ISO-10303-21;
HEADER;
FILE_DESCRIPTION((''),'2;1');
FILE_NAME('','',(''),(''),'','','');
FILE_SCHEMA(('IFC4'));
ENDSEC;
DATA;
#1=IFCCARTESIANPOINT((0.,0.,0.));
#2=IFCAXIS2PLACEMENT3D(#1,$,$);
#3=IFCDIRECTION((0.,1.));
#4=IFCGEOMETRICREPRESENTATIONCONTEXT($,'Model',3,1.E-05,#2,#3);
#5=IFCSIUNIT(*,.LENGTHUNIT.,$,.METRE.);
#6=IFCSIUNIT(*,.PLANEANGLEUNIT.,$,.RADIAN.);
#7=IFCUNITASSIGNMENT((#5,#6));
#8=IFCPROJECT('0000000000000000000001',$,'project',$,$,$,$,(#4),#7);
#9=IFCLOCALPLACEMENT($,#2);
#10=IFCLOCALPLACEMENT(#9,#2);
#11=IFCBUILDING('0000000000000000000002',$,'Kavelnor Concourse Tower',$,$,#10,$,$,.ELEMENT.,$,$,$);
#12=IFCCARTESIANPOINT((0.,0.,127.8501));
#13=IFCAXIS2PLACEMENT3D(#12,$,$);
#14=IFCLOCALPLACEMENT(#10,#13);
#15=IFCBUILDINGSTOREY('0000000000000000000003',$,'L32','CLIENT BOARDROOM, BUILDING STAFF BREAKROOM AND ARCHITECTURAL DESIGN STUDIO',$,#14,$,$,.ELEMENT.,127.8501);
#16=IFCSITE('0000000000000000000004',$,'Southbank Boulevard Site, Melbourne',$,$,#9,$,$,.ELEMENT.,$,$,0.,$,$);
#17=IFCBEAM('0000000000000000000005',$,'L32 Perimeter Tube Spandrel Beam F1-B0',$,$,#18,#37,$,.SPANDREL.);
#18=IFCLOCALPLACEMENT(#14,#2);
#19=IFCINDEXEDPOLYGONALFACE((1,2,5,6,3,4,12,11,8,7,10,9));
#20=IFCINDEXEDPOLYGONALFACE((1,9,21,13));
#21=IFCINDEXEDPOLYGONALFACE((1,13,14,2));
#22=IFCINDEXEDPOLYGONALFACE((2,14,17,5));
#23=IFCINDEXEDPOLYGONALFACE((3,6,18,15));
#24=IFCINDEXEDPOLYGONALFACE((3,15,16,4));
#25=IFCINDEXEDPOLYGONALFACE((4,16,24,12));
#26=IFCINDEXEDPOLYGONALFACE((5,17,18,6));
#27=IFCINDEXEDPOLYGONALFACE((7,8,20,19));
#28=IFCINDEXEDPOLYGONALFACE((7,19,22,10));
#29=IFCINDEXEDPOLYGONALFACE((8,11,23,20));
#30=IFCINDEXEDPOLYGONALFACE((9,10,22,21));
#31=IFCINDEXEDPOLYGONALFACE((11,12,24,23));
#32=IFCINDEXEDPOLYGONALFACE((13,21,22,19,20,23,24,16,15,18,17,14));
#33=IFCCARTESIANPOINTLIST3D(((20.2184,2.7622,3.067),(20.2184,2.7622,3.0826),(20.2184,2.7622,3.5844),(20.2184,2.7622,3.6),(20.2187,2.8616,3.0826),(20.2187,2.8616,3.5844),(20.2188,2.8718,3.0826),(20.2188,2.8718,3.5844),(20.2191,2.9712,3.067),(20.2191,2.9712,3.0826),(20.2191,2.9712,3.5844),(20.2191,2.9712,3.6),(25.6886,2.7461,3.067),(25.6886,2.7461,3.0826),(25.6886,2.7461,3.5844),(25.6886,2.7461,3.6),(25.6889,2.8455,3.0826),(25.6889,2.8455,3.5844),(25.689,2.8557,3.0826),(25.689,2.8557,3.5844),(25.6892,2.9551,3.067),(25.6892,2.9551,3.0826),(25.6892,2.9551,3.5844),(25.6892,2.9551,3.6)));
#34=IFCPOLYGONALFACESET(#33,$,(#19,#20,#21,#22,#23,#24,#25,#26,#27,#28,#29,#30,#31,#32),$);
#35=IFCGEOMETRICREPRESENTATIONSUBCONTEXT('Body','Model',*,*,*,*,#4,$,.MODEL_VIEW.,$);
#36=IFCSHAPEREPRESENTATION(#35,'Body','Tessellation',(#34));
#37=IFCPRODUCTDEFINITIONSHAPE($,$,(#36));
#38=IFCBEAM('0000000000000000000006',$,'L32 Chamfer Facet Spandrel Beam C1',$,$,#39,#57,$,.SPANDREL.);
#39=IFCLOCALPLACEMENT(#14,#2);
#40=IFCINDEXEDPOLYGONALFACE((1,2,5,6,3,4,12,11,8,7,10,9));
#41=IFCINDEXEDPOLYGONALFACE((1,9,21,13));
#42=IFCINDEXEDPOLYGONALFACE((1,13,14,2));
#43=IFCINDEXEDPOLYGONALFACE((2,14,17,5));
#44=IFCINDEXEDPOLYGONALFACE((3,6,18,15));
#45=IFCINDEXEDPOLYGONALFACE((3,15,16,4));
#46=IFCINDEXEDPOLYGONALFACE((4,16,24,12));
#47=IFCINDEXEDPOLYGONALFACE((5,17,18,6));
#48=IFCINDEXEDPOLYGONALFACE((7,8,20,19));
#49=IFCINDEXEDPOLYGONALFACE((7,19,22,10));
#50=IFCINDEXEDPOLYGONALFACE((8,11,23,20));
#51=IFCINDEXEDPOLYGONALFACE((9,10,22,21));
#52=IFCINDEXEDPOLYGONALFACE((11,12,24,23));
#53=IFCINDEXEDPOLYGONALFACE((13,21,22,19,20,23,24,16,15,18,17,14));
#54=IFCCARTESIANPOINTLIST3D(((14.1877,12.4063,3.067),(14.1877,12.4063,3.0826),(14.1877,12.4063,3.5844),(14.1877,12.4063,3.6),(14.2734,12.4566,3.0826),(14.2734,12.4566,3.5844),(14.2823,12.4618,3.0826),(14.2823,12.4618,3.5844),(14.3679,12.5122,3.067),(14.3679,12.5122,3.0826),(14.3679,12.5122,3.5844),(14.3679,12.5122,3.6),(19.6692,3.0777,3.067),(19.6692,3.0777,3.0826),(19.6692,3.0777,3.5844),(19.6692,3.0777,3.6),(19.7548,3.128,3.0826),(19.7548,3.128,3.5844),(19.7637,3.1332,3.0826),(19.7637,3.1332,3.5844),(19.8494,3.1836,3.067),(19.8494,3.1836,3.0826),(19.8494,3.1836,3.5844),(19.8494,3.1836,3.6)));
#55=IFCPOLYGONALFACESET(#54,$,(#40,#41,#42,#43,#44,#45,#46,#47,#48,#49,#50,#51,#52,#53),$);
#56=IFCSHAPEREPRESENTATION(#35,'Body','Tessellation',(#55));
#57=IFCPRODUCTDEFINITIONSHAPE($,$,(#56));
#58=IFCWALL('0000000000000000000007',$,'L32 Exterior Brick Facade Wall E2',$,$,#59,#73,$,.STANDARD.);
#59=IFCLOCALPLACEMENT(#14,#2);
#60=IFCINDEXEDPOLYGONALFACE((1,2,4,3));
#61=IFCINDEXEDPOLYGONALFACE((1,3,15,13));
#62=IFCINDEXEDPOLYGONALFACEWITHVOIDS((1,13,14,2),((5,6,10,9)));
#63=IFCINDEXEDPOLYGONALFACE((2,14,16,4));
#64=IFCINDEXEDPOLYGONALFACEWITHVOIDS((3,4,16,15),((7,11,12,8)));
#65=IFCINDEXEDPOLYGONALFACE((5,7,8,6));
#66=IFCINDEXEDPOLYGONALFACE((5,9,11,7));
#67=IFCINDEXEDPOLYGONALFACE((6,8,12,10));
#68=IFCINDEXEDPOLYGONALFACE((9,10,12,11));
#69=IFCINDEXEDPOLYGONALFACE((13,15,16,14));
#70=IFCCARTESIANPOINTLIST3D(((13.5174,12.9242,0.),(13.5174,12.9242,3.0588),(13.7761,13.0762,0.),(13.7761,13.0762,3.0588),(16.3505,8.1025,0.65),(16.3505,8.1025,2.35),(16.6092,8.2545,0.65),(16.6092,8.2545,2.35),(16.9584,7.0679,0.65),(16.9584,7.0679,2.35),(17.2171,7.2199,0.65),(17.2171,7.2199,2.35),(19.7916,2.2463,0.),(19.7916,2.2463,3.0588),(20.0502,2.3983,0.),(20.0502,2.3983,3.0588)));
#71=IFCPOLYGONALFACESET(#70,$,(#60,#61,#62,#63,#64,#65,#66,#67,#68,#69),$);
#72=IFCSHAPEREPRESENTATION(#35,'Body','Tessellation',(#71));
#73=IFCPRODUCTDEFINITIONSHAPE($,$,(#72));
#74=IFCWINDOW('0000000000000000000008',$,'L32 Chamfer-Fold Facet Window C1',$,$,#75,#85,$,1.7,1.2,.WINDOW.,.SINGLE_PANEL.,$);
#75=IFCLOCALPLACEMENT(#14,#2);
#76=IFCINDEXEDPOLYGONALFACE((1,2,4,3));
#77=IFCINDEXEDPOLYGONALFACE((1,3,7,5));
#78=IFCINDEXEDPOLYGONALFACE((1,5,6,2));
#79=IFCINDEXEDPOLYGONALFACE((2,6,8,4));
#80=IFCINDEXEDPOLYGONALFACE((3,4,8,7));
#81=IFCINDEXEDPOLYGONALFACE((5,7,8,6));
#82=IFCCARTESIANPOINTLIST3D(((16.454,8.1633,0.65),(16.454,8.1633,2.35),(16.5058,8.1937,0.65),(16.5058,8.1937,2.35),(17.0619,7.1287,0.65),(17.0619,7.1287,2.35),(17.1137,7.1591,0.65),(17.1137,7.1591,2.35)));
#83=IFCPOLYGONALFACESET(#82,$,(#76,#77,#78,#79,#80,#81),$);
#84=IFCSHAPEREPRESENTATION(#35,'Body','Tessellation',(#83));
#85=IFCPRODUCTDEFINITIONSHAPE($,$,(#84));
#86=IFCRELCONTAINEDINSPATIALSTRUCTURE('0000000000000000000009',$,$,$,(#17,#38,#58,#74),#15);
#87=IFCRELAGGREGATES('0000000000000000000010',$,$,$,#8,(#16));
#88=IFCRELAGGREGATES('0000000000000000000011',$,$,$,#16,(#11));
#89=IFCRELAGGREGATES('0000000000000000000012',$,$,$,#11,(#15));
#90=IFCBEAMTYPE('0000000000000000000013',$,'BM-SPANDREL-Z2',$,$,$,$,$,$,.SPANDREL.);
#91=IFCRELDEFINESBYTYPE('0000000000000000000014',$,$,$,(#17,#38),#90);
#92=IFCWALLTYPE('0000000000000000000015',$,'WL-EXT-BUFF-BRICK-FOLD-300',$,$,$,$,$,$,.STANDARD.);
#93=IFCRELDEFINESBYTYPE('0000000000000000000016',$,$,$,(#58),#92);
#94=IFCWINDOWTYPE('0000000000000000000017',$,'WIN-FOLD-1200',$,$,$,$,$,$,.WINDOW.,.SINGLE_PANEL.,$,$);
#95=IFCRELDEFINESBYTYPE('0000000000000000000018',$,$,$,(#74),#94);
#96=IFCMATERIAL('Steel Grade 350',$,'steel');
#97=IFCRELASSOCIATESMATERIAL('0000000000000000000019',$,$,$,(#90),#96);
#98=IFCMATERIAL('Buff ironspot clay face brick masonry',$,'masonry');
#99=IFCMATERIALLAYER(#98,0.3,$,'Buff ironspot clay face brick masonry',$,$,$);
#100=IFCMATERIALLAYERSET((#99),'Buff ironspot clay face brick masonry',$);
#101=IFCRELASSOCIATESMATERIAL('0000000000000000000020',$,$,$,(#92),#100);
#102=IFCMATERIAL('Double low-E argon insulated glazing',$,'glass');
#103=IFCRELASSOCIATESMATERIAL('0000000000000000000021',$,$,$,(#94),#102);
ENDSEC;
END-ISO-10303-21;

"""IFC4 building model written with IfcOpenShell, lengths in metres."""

from ifc_helpers import new_model, si_unit, direction, frame, frame_2d, origin, origin_2d, place, context, subcontext, project, spatial, rectangle, i_section, extrude, material, layer, layer_set, material_profile, profile_set, type_object, element, fill, save


model = new_model("IFC4")

# Units and contexts
model_context = context("Model", 3, precision=1e-05, world=origin(), true_north=direction((0.0, 1.0)))
body_context = subcontext(model_context, "Body", "Model", "MODEL_VIEW")
ifc_project = project(units=[si_unit("LENGTHUNIT", "METRE"), si_unit("PLANEANGLEUNIT", "RADIAN")], contexts=[model_context])

# Site, building, storey
site_placement = place(None, origin())
site = spatial("IfcSite", under=ifc_project, at=site_placement, Name="Southbank Boulevard Site, Melbourne", CompositionType="ELEMENT", RefElevation=0.0)
building_placement = place(site_placement, origin())
building = spatial("IfcBuilding", under=site, at=building_placement, Name="Kavelnor Concourse Tower", CompositionType="ELEMENT")
storey_placement = place(building_placement, frame((0.0, 0.0, 127.8501)))
storey = spatial("IfcBuildingStorey", under=building, at=storey_placement, Name="L32", Description="CLIENT BOARDROOM, BUILDING STAFF BREAKROOM AND ARCHITECTURAL DESIGN STUDIO", CompositionType="ELEMENT", Elevation=127.8501)

# Shared definitions
ifc_material_1 = material(Name="Steel Grade 350", Category="steel")

# Beams
ifc_material_profile_1 = material_profile(ifc_material_1, i_section(OverallWidth=0.209, OverallDepth=0.533, WebThickness=0.0103, FlangeThickness=0.0156, at=origin_2d()), Name="530UB92")
ifc_profile_set_1 = profile_set([ifc_material_profile_1], Name="Steel Grade 350")
beam_type_1 = type_object("IfcBeamType", Name="BM-SPANDREL-Z2", PredefinedType="SPANDREL", material=ifc_profile_set_1)
beam_1_placement = place(storey_placement, frame((20.2188, 2.8667, 3.3335), z_axis=(0.999996, -0.002946, 0.0), x_axis=(0.002946, 0.999996, 0.0)))
element("IfcBeam", 1, at=beam_1_placement, inside=storey, type_object=beam_type_1, Name="L32 Perimeter Tube Spandrel Beam F1-B0", PredefinedType="SPANDREL", context=body_context, shape_type="SweptSolid", body=[
    extrude(i_section(OverallWidth=0.209, OverallDepth=0.533, WebThickness=0.0103, FlangeThickness=0.0156, at=origin_2d()), origin(), (0.0, 0.0, 1.0), 5.4702),
])
beam_2_placement = place(storey_placement, frame((14.2778, 12.4592, 3.3335), z_axis=(0.50661, -0.862175, 0.0), x_axis=(0.862175, 0.50661, 0.0)))
element("IfcBeam", 2, at=beam_2_placement, inside=storey, type_object=beam_type_1, Name="L32 Chamfer Facet Spandrel Beam C1", PredefinedType="SPANDREL", context=body_context, shape_type="SweptSolid", body=[
    extrude(i_section(OverallWidth=0.209, OverallDepth=0.533, WebThickness=0.0103, FlangeThickness=0.0156, at=origin_2d()), origin(), (0.0, 0.0, 1.0), 10.8198),
])

# Wall, opening, window
ifc_material_2 = material(Name="Buff ironspot clay face brick masonry", Category="masonry")
ifc_layer_1 = layer(ifc_material_2, 0.3, Name="Buff ironspot clay face brick masonry")
ifc_layer_set_1 = layer_set([ifc_layer_1], Name="Buff ironspot clay face brick masonry")
wall_type_1 = type_object("IfcWallType", Name="WL-EXT-BUFF-BRICK-FOLD-300", PredefinedType="STANDARD", material=ifc_layer_set_1)
wall_1_placement = place(storey_placement, frame((19.9209, 2.3223, 0.0), z_axis=(0.0, 0.0, 1.0), x_axis=(-0.506601, 0.862181, 0.0)))
wall_1 = element("IfcWall", 3, at=wall_1_placement, inside=storey, type_object=wall_type_1, Name="L32 Exterior Brick Facade Wall E2", PredefinedType="STANDARD", context=body_context, shape_type="SweptSolid", body=[
    extrude(rectangle(XDim=12.3848, YDim=0.3, at=frame_2d((6.1924, 0.0))), origin(), (0.0, 0.0, 1.0), 3.0588),
])
opening_1_placement = place(wall_1_placement, frame((5.5923, 0.0, 0.6499)))
opening_1 = element("IfcOpeningElement", 4, at=opening_1_placement, cuts=wall_1, PredefinedType="OPENING", context=body_context, shape_type="SweptSolid", body=[
    extrude(rectangle(XDim=1.2, YDim=1.7, at=frame_2d((0.6001, 0.8501))), frame((0.0, 0.1602, 0.0), z_axis=(0.0, -1.0, 0.0), x_axis=(1.0, 0.0, 0.0)), (0.0, 0.0, 1.0), 0.3201),
])
ifc_material_3 = material(Name="Double low-E argon insulated glazing", Category="glass")
window_type_1 = type_object("IfcWindowType", Name="WIN-FOLD-1200", PartitioningType="SINGLE_PANEL", PredefinedType="WINDOW", material=ifc_material_3)
window_1_placement = place(opening_1_placement, origin())
window_1 = element("IfcWindow", 5, at=window_1_placement, inside=storey, type_object=window_type_1, Name="L32 Chamfer-Fold Facet Window C1", OverallHeight=1.7, OverallWidth=1.2, PartitioningType="SINGLE_PANEL", PredefinedType="WINDOW", context=body_context, shape_type="SweptSolid", body=[
    extrude(rectangle(XDim=1.2, YDim=1.7, at=frame_2d((0.6001, 0.8501))), frame((0.0, 0.03, 0.0), z_axis=(0.0, -1.0, 0.0), x_axis=(1.0, 0.0, 0.0)), (0.0, 0.0, 1.0), 0.0601),
])
fill(opening_1, window_1)

save(model, "model.ifc")
